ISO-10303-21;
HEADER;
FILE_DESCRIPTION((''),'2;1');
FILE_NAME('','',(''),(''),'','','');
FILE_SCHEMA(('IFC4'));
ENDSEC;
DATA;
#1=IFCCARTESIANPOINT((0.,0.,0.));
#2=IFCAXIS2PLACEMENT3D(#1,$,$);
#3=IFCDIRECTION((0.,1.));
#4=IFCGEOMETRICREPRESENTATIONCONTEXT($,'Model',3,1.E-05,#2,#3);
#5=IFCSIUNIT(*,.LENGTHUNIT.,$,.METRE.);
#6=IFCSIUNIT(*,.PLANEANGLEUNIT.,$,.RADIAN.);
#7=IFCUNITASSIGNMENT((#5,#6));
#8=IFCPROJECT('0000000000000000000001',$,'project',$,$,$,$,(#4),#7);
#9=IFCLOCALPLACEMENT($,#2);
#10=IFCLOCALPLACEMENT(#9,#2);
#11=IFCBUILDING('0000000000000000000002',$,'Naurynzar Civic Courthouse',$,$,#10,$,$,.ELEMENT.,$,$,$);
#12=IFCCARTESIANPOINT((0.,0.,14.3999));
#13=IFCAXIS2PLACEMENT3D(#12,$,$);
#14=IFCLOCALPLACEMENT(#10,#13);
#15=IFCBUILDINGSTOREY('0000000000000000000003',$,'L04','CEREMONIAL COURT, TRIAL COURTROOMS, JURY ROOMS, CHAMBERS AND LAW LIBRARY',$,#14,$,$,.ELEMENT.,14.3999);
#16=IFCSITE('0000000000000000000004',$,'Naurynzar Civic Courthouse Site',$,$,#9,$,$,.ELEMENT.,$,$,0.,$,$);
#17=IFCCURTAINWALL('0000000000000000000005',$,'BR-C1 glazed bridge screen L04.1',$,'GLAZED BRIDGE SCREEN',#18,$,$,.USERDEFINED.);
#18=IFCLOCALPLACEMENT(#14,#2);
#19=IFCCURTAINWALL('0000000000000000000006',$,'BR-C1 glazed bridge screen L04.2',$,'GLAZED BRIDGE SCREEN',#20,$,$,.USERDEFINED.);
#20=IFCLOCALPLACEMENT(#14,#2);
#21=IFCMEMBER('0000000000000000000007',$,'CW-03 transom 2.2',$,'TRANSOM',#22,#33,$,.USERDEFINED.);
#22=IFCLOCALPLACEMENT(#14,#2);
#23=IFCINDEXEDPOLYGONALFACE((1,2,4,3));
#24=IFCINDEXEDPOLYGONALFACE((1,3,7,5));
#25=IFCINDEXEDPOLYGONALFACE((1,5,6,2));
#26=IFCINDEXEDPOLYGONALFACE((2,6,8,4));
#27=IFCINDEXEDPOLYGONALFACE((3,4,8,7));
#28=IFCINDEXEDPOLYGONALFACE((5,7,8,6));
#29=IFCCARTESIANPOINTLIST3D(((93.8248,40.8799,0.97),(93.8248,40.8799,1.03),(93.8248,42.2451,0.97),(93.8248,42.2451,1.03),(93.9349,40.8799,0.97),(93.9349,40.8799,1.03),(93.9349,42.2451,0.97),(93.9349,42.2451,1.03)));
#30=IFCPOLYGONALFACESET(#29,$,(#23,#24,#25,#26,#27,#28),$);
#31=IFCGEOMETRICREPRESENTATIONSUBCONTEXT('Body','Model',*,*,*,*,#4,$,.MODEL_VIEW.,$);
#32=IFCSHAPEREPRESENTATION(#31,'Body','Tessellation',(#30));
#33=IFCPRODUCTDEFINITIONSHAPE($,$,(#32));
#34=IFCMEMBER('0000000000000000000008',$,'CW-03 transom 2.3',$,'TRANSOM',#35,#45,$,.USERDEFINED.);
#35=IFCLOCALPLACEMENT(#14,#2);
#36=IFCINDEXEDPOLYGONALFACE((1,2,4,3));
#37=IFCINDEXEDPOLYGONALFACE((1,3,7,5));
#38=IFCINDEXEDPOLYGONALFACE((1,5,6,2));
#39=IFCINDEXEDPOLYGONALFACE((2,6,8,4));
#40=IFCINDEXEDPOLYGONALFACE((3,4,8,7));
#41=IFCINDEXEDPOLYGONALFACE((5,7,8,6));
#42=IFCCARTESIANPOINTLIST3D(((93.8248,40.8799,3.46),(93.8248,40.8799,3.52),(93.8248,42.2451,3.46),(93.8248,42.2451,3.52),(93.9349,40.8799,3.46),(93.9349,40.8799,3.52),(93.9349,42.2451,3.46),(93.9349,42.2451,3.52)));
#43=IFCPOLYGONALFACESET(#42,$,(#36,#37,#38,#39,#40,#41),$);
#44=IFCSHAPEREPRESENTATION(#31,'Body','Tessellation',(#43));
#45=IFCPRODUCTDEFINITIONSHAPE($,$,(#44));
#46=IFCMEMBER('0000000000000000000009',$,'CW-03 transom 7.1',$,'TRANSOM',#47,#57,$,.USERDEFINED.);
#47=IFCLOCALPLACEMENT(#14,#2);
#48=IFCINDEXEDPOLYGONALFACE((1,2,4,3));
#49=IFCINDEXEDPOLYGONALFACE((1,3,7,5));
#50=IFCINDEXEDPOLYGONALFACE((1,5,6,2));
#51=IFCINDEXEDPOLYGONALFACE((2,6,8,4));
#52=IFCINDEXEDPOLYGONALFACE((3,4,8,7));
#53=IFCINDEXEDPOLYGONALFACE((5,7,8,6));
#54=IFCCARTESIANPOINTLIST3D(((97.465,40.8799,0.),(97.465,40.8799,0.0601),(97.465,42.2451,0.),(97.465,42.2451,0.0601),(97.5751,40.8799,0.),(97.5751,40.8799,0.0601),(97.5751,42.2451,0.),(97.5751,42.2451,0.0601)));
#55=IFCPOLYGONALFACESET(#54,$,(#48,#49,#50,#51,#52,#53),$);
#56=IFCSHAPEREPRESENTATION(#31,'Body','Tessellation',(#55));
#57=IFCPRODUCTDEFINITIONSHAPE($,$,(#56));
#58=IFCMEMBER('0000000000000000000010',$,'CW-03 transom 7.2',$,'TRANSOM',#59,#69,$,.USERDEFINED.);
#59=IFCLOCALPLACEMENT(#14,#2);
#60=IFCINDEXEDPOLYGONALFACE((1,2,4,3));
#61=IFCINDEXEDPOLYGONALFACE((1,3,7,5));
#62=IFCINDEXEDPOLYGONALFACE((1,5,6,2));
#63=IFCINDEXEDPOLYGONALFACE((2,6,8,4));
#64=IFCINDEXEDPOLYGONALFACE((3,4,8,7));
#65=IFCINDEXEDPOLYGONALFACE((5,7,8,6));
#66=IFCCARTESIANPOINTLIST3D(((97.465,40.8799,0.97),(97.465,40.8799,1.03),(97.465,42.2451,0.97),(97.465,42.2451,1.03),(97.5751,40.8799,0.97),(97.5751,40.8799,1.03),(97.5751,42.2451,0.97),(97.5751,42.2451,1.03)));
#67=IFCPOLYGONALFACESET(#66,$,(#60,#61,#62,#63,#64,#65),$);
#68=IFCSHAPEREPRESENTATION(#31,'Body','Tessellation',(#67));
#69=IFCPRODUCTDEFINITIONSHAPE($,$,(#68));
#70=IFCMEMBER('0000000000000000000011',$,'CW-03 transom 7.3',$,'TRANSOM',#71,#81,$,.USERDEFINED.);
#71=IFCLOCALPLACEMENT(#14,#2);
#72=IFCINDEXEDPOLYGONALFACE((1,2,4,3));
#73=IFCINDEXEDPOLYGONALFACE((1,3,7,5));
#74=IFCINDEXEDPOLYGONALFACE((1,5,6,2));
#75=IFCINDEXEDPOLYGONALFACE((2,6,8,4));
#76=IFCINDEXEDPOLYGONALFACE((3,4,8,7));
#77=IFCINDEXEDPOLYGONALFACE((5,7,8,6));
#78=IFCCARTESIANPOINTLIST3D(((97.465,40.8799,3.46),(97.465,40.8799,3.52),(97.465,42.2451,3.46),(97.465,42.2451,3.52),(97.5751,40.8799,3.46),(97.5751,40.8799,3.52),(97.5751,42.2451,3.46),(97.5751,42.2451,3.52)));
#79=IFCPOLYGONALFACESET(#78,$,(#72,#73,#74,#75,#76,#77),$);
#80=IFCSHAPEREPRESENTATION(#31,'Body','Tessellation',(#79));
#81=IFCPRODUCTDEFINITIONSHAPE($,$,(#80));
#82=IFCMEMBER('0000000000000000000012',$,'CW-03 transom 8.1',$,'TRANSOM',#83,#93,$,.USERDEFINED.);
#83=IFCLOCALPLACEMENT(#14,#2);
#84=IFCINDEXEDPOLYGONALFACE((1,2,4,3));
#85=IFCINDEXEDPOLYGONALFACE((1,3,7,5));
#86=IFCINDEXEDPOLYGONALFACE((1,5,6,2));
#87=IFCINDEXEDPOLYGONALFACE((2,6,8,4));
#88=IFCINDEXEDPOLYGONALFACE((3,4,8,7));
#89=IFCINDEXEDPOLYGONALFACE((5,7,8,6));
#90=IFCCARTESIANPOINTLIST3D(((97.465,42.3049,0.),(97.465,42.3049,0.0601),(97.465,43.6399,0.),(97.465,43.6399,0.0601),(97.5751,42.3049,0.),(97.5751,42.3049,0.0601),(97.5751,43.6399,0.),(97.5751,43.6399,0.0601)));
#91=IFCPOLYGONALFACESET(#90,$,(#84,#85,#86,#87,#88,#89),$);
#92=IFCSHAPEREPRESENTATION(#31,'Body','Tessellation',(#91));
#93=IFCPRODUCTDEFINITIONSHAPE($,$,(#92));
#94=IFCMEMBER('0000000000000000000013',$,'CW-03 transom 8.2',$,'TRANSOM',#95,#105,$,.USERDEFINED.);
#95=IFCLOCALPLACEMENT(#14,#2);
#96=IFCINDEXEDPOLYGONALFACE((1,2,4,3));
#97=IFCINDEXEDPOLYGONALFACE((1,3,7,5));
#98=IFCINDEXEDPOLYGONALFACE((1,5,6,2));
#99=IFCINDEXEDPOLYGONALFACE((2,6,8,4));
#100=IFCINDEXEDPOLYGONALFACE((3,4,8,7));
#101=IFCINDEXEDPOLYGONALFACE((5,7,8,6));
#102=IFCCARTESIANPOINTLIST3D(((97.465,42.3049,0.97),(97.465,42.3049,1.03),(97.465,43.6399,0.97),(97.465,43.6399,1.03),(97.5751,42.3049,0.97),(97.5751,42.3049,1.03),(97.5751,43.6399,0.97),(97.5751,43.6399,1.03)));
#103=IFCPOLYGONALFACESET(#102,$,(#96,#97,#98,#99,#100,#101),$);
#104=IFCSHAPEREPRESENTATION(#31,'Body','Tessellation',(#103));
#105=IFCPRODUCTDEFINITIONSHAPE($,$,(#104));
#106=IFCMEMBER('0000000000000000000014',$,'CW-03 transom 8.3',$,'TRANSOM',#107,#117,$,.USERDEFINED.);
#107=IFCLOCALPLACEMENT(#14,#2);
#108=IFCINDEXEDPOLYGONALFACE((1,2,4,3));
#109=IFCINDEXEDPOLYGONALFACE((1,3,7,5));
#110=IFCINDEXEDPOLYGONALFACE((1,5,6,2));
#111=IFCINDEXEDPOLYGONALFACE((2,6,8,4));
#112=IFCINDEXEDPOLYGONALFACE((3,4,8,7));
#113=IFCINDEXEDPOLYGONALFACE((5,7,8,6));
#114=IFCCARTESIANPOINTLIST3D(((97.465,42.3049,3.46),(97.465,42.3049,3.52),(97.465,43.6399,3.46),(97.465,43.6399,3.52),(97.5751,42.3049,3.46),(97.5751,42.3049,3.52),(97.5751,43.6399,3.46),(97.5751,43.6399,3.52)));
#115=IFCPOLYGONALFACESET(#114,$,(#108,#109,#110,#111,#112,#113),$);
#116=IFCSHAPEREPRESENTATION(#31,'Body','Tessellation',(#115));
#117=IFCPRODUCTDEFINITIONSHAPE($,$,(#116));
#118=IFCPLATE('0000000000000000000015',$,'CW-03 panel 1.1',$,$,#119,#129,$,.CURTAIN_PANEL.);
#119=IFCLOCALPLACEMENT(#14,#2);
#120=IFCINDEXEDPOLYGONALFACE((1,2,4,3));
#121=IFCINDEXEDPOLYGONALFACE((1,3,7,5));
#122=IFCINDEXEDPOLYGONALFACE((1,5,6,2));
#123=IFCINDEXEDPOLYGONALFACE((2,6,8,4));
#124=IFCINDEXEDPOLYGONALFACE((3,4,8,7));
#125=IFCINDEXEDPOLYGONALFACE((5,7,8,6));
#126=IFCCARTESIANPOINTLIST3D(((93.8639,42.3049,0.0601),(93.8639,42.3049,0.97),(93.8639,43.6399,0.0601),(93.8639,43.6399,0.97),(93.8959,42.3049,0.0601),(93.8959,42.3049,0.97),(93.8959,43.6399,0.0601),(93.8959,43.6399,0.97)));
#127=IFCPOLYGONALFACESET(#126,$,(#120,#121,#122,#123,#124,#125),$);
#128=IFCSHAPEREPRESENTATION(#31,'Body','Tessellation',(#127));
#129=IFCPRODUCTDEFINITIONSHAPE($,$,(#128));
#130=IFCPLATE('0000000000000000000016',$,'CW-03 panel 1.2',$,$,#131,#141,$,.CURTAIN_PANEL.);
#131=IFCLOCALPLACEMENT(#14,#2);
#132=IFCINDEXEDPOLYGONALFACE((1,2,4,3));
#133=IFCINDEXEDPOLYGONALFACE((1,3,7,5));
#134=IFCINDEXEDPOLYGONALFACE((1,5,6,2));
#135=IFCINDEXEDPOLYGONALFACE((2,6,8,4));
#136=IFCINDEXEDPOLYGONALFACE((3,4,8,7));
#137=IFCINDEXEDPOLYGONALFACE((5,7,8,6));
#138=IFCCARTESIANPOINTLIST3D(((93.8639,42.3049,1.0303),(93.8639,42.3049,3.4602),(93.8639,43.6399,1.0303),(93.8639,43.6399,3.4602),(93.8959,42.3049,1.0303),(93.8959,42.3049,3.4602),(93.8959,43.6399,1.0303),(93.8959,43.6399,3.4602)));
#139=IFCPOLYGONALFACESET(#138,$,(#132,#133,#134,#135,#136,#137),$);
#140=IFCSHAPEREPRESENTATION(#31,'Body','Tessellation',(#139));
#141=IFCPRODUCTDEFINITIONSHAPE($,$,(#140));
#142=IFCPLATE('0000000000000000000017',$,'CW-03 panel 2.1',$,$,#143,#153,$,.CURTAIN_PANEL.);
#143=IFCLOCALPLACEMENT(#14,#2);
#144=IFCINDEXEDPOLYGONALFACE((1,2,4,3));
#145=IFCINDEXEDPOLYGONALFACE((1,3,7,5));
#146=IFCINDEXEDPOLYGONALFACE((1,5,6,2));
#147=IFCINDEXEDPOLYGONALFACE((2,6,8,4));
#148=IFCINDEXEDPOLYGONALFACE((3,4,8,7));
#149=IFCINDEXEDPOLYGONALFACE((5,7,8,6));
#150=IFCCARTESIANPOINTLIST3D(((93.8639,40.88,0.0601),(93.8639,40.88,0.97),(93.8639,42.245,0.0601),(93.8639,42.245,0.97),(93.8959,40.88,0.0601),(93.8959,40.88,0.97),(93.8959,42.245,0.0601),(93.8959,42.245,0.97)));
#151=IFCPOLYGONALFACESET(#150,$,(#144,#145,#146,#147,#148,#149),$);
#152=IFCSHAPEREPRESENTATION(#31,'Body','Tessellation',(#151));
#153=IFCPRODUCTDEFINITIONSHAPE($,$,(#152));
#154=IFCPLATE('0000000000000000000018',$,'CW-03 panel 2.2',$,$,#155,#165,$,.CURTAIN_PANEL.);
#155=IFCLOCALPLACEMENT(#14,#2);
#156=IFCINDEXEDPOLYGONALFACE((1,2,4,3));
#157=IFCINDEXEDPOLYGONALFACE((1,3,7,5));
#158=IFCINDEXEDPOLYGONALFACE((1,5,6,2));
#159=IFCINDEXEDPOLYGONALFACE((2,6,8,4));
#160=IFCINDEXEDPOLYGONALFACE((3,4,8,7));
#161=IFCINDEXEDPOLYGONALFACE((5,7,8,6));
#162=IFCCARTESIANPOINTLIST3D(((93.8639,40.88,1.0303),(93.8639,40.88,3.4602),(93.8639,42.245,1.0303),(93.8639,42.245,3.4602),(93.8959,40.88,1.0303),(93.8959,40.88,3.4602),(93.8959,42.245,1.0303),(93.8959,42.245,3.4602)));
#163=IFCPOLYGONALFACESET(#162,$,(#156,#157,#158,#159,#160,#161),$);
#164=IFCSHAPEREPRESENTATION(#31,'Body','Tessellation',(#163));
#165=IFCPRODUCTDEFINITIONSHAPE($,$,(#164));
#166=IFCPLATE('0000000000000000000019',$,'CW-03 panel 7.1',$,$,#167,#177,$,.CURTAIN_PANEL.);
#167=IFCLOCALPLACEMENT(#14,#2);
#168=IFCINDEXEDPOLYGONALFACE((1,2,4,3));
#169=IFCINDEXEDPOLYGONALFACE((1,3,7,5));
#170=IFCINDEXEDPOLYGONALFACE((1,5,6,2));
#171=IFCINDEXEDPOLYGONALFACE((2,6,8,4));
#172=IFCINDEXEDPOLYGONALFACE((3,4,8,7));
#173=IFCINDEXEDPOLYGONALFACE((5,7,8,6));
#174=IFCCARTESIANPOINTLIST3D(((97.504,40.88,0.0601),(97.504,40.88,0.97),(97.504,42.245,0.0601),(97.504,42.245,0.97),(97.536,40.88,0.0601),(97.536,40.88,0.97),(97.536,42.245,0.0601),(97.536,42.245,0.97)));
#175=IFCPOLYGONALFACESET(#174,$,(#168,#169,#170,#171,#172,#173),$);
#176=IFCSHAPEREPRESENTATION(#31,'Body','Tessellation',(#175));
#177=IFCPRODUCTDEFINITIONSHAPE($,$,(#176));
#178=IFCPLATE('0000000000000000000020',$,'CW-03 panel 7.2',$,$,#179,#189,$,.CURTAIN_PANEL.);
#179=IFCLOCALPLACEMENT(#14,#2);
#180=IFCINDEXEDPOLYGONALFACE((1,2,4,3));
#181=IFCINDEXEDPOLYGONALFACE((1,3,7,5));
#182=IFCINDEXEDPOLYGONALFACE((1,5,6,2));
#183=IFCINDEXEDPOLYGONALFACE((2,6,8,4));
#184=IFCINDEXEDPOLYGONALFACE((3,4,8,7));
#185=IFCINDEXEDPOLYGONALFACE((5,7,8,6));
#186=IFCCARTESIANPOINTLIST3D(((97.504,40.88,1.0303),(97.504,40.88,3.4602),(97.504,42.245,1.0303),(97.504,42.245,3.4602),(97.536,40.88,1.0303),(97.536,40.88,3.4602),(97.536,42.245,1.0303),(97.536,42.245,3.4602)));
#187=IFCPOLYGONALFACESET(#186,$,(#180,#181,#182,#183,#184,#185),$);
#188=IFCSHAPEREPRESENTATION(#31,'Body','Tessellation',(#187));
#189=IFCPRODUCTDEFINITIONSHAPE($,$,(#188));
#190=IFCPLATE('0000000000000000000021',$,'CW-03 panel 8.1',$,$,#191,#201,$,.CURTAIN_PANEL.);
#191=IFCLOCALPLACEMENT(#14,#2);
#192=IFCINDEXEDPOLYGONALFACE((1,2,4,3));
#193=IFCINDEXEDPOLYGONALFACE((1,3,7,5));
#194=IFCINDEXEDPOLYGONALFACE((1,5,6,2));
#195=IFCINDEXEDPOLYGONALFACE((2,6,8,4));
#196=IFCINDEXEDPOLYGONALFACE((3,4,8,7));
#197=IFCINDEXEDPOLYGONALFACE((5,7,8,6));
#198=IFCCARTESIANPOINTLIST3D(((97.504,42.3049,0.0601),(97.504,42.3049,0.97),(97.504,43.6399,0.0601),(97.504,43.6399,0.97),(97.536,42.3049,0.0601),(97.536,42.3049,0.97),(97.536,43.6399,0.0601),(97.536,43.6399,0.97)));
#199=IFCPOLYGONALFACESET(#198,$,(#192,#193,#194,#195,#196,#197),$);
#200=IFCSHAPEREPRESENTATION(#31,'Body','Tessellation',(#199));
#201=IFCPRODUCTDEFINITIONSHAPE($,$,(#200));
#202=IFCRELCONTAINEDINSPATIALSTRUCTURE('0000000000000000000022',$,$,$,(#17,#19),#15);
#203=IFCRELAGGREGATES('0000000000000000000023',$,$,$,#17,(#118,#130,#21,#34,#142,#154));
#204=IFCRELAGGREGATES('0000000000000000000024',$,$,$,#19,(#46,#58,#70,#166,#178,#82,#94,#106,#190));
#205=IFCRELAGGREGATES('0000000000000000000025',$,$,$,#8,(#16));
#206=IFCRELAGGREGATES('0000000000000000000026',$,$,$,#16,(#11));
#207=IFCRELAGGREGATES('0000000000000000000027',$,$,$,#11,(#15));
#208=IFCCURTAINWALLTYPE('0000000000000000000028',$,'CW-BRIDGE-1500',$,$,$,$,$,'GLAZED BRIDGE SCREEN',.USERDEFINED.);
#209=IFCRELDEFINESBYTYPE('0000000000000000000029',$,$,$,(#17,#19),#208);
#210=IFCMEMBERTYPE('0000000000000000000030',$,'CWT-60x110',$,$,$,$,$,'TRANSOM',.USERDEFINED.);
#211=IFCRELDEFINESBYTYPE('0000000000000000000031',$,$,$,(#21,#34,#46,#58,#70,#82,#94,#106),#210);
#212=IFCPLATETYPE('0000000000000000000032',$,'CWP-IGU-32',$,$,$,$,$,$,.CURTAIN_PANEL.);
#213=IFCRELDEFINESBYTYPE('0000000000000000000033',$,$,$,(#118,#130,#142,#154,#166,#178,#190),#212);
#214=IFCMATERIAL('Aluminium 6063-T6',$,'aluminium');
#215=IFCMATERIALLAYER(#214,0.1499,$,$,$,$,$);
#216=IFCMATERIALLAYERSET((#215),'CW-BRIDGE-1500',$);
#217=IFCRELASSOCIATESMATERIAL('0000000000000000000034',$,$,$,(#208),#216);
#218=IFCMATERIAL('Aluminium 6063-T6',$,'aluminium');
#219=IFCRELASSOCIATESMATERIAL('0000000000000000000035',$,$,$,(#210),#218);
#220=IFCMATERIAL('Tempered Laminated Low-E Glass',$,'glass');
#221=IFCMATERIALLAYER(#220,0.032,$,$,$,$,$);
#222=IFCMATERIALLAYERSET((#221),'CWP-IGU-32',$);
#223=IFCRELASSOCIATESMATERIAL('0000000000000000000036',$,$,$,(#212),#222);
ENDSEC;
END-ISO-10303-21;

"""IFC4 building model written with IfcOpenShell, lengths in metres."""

from ifc_helpers import new_model, si_unit, direction, frame, origin, origin_2d, place, context, subcontext, project, spatial, rectangle, extrude, material, layer, layer_set, material_profile, profile_set, type_object, element, aggregate, save


model = new_model("IFC4")

# Units and contexts
model_context = context("Model", 3, precision=1e-05, world=origin(), true_north=direction((0.0, 1.0)))
body_context = subcontext(model_context, "Body", "Model", "MODEL_VIEW")
ifc_project = project(units=[si_unit("LENGTHUNIT", "METRE"), si_unit("PLANEANGLEUNIT", "RADIAN")], contexts=[model_context])

# Site, building, storey
site_placement = place(None, origin())
site = spatial("IfcSite", under=ifc_project, at=site_placement, Name="Naurynzar Civic Courthouse Site", CompositionType="ELEMENT", RefElevation=0.0)
building_placement = place(site_placement, origin())
building = spatial("IfcBuilding", under=site, at=building_placement, Name="Naurynzar Civic Courthouse", CompositionType="ELEMENT")
storey_placement = place(building_placement, frame((0.0, 0.0, 14.3999)))
storey = spatial("IfcBuildingStorey", under=building, at=storey_placement, Name="L04", Description="CEREMONIAL COURT, TRIAL COURTROOMS, JURY ROOMS, CHAMBERS AND LAW LIBRARY", CompositionType="ELEMENT", Elevation=14.3999)

# Curtain walls
ifc_material_1 = material(Name="Aluminium 6063-T6", Category="aluminium")
ifc_layer_1 = layer(ifc_material_1, 0.1499)
ifc_layer_set_1 = layer_set([ifc_layer_1], Name="CW-BRIDGE-1500")
curtain_wall_type = type_object("IfcCurtainWallType", Name="CW-BRIDGE-1500", ElementType="GLAZED BRIDGE SCREEN", PredefinedType="USERDEFINED", material=ifc_layer_set_1)
curtain_wall_1_placement = place(storey_placement, origin())
curtain_wall_1 = element("IfcCurtainWall", 1, at=curtain_wall_1_placement, inside=storey, type_object=curtain_wall_type, Name="BR-C1 glazed bridge screen L04.1", ObjectType="GLAZED BRIDGE SCREEN", PredefinedType="USERDEFINED")
curtain_wall_2_placement = place(storey_placement, origin())
curtain_wall_2 = element("IfcCurtainWall", 2, at=curtain_wall_2_placement, inside=storey, type_object=curtain_wall_type, Name="BR-C1 glazed bridge screen L04.2", ObjectType="GLAZED BRIDGE SCREEN", PredefinedType="USERDEFINED")

# Members
ifc_material_2 = material(Name="Aluminium 6063-T6", Category="aluminium")
ifc_material_profile_1 = material_profile(ifc_material_2, rectangle(XDim=0.1101, YDim=0.0601, at=origin_2d()), Name="ALU TRANSOM 60x110")
ifc_profile_set_1 = profile_set([ifc_material_profile_1], Name="Aluminium 6063-T6")
member_type_1 = type_object("IfcMemberType", Name="CWT-60x110", ElementType="TRANSOM", PredefinedType="USERDEFINED", material=ifc_profile_set_1)
member_1_placement = place(storey_placement, frame((93.8799, 42.2451, 1.0), z_axis=(0.0, -1.0, 0.0), x_axis=(1.0, 0.0, 0.0)))
member_1 = element("IfcMember", 3, at=member_1_placement, type_object=member_type_1, Name="CW-03 transom 2.2", ObjectType="TRANSOM", PredefinedType="USERDEFINED", context=body_context, shape_type="SweptSolid", body=[
    extrude(rectangle(XDim=0.1101, YDim=0.0601, at=origin_2d()), origin(), (0.0, 0.0, 1.0), 1.3652),
])
member_2_placement = place(storey_placement, frame((93.8799, 42.2451, 3.49), z_axis=(0.0, -1.0, 0.0), x_axis=(1.0, 0.0, 0.0)))
member_2 = element("IfcMember", 4, at=member_2_placement, type_object=member_type_1, Name="CW-03 transom 2.3", ObjectType="TRANSOM", PredefinedType="USERDEFINED", context=body_context, shape_type="SweptSolid", body=[
    extrude(rectangle(XDim=0.1101, YDim=0.0601, at=origin_2d()), origin(), (0.0, 0.0, 1.0), 1.3652),
])
member_3_placement = place(storey_placement, frame((97.52, 40.8799, 0.03), z_axis=(0.0, 1.0, 0.0), x_axis=(-1.0, 0.0, 0.0)))
member_3 = element("IfcMember", 5, at=member_3_placement, type_object=member_type_1, Name="CW-03 transom 7.1", ObjectType="TRANSOM", PredefinedType="USERDEFINED", context=body_context, shape_type="SweptSolid", body=[
    extrude(rectangle(XDim=0.1101, YDim=0.0601, at=origin_2d()), origin(), (0.0, 0.0, 1.0), 1.3652),
])
member_4_placement = place(storey_placement, frame((97.52, 40.8799, 1.0), z_axis=(0.0, 1.0, 0.0), x_axis=(-1.0, 0.0, 0.0)))
member_4 = element("IfcMember", 6, at=member_4_placement, type_object=member_type_1, Name="CW-03 transom 7.2", ObjectType="TRANSOM", PredefinedType="USERDEFINED", context=body_context, shape_type="SweptSolid", body=[
    extrude(rectangle(XDim=0.1101, YDim=0.0601, at=origin_2d()), origin(), (0.0, 0.0, 1.0), 1.3652),
])
member_5_placement = place(storey_placement, frame((97.52, 40.8799, 3.49), z_axis=(0.0, 1.0, 0.0), x_axis=(-1.0, 0.0, 0.0)))
member_5 = element("IfcMember", 7, at=member_5_placement, type_object=member_type_1, Name="CW-03 transom 7.3", ObjectType="TRANSOM", PredefinedType="USERDEFINED", context=body_context, shape_type="SweptSolid", body=[
    extrude(rectangle(XDim=0.1101, YDim=0.0601, at=origin_2d()), origin(), (0.0, 0.0, 1.0), 1.3652),
])
member_6_placement = place(storey_placement, frame((97.52, 42.3049, 0.03), z_axis=(0.0, 1.0, 0.0), x_axis=(-1.0, 0.0, 0.0)))
member_6 = element("IfcMember", 8, at=member_6_placement, type_object=member_type_1, Name="CW-03 transom 8.1", ObjectType="TRANSOM", PredefinedType="USERDEFINED", context=body_context, shape_type="SweptSolid", body=[
    extrude(rectangle(XDim=0.1101, YDim=0.0601, at=origin_2d()), origin(), (0.0, 0.0, 1.0), 1.335),
])
member_7_placement = place(storey_placement, frame((97.52, 42.3049, 1.0), z_axis=(0.0, 1.0, 0.0), x_axis=(-1.0, 0.0, 0.0)))
member_7 = element("IfcMember", 9, at=member_7_placement, type_object=member_type_1, Name="CW-03 transom 8.2", ObjectType="TRANSOM", PredefinedType="USERDEFINED", context=body_context, shape_type="SweptSolid", body=[
    extrude(rectangle(XDim=0.1101, YDim=0.0601, at=origin_2d()), origin(), (0.0, 0.0, 1.0), 1.335),
])
member_8_placement = place(storey_placement, frame((97.52, 42.3049, 3.49), z_axis=(0.0, 1.0, 0.0), x_axis=(-1.0, 0.0, 0.0)))
member_8 = element("IfcMember", 10, at=member_8_placement, type_object=member_type_1, Name="CW-03 transom 8.3", ObjectType="TRANSOM", PredefinedType="USERDEFINED", context=body_context, shape_type="SweptSolid", body=[
    extrude(rectangle(XDim=0.1101, YDim=0.0601, at=origin_2d()), origin(), (0.0, 0.0, 1.0), 1.335),
])

# Plates
ifc_material_3 = material(Name="Tempered Laminated Low-E Glass", Category="glass")
ifc_layer_2 = layer(ifc_material_3, 0.032)
ifc_layer_set_2 = layer_set([ifc_layer_2], Name="CWP-IGU-32")
plate_type_1 = type_object("IfcPlateType", Name="CWP-IGU-32", PredefinedType="CURTAIN_PANEL", material=ifc_layer_set_2)
plate_1_placement = place(storey_placement, frame((93.8799, 42.9724, 0.0601), z_axis=(0.0, 0.0, 1.0), x_axis=(0.0, -1.0, 0.0)))
plate_1 = element("IfcPlate", 11, at=plate_1_placement, type_object=plate_type_1, Name="CW-03 panel 1.1", PredefinedType="CURTAIN_PANEL", context=body_context, shape_type="SweptSolid", body=[
    extrude(rectangle(XDim=1.335, YDim=0.032, at=origin_2d()), origin(), (0.0, 0.0, 1.0), 0.9099),
])
plate_2_placement = place(storey_placement, frame((93.8799, 42.9724, 1.0303), z_axis=(0.0, 0.0, 1.0), x_axis=(0.0, -1.0, 0.0)))
plate_2 = element("IfcPlate", 12, at=plate_2_placement, type_object=plate_type_1, Name="CW-03 panel 1.2", PredefinedType="CURTAIN_PANEL", context=body_context, shape_type="SweptSolid", body=[
    extrude(rectangle(XDim=1.335, YDim=0.032, at=origin_2d()), origin(), (0.0, 0.0, 1.0), 2.4299),
])
plate_3_placement = place(storey_placement, frame((93.8799, 41.5625, 0.0601), z_axis=(0.0, 0.0, 1.0), x_axis=(0.0, -1.0, 0.0)))
plate_3 = element("IfcPlate", 13, at=plate_3_placement, type_object=plate_type_1, Name="CW-03 panel 2.1", PredefinedType="CURTAIN_PANEL", context=body_context, shape_type="SweptSolid", body=[
    extrude(rectangle(XDim=1.365, YDim=0.032, at=origin_2d()), origin(), (0.0, 0.0, 1.0), 0.9099),
])
plate_4_placement = place(storey_placement, frame((93.8799, 41.5625, 1.0303), z_axis=(0.0, 0.0, 1.0), x_axis=(0.0, -1.0, 0.0)))
plate_4 = element("IfcPlate", 14, at=plate_4_placement, type_object=plate_type_1, Name="CW-03 panel 2.2", PredefinedType="CURTAIN_PANEL", context=body_context, shape_type="SweptSolid", body=[
    extrude(rectangle(XDim=1.365, YDim=0.032, at=origin_2d()), origin(), (0.0, 0.0, 1.0), 2.4299),
])
aggregate(curtain_wall_1, [plate_1, plate_2, member_1, member_2, plate_3, plate_4])
plate_5_placement = place(storey_placement, frame((97.52, 41.5625, 0.0601), z_axis=(0.0, 0.0, 1.0), x_axis=(0.0, 1.0, 0.0)))
plate_5 = element("IfcPlate", 15, at=plate_5_placement, type_object=plate_type_1, Name="CW-03 panel 7.1", PredefinedType="CURTAIN_PANEL", context=body_context, shape_type="SweptSolid", body=[
    extrude(rectangle(XDim=1.365, YDim=0.032, at=origin_2d()), origin(), (0.0, 0.0, 1.0), 0.9099),
])
plate_6_placement = place(storey_placement, frame((97.52, 41.5625, 1.0303), z_axis=(0.0, 0.0, 1.0), x_axis=(0.0, 1.0, 0.0)))
plate_6 = element("IfcPlate", 16, at=plate_6_placement, type_object=plate_type_1, Name="CW-03 panel 7.2", PredefinedType="CURTAIN_PANEL", context=body_context, shape_type="SweptSolid", body=[
    extrude(rectangle(XDim=1.365, YDim=0.032, at=origin_2d()), origin(), (0.0, 0.0, 1.0), 2.4299),
])
plate_7_placement = place(storey_placement, frame((97.52, 42.9724, 0.0601), z_axis=(0.0, 0.0, 1.0), x_axis=(0.0, 1.0, 0.0)))
plate_7 = element("IfcPlate", 17, at=plate_7_placement, type_object=plate_type_1, Name="CW-03 panel 8.1", PredefinedType="CURTAIN_PANEL", context=body_context, shape_type="SweptSolid", body=[
    extrude(rectangle(XDim=1.335, YDim=0.032, at=origin_2d()), origin(), (0.0, 0.0, 1.0), 0.9099),
])
aggregate(curtain_wall_2, [member_3, member_4, member_5, plate_5, plate_6, member_6, member_7, member_8, plate_7])

save(model, "model.ifc")
